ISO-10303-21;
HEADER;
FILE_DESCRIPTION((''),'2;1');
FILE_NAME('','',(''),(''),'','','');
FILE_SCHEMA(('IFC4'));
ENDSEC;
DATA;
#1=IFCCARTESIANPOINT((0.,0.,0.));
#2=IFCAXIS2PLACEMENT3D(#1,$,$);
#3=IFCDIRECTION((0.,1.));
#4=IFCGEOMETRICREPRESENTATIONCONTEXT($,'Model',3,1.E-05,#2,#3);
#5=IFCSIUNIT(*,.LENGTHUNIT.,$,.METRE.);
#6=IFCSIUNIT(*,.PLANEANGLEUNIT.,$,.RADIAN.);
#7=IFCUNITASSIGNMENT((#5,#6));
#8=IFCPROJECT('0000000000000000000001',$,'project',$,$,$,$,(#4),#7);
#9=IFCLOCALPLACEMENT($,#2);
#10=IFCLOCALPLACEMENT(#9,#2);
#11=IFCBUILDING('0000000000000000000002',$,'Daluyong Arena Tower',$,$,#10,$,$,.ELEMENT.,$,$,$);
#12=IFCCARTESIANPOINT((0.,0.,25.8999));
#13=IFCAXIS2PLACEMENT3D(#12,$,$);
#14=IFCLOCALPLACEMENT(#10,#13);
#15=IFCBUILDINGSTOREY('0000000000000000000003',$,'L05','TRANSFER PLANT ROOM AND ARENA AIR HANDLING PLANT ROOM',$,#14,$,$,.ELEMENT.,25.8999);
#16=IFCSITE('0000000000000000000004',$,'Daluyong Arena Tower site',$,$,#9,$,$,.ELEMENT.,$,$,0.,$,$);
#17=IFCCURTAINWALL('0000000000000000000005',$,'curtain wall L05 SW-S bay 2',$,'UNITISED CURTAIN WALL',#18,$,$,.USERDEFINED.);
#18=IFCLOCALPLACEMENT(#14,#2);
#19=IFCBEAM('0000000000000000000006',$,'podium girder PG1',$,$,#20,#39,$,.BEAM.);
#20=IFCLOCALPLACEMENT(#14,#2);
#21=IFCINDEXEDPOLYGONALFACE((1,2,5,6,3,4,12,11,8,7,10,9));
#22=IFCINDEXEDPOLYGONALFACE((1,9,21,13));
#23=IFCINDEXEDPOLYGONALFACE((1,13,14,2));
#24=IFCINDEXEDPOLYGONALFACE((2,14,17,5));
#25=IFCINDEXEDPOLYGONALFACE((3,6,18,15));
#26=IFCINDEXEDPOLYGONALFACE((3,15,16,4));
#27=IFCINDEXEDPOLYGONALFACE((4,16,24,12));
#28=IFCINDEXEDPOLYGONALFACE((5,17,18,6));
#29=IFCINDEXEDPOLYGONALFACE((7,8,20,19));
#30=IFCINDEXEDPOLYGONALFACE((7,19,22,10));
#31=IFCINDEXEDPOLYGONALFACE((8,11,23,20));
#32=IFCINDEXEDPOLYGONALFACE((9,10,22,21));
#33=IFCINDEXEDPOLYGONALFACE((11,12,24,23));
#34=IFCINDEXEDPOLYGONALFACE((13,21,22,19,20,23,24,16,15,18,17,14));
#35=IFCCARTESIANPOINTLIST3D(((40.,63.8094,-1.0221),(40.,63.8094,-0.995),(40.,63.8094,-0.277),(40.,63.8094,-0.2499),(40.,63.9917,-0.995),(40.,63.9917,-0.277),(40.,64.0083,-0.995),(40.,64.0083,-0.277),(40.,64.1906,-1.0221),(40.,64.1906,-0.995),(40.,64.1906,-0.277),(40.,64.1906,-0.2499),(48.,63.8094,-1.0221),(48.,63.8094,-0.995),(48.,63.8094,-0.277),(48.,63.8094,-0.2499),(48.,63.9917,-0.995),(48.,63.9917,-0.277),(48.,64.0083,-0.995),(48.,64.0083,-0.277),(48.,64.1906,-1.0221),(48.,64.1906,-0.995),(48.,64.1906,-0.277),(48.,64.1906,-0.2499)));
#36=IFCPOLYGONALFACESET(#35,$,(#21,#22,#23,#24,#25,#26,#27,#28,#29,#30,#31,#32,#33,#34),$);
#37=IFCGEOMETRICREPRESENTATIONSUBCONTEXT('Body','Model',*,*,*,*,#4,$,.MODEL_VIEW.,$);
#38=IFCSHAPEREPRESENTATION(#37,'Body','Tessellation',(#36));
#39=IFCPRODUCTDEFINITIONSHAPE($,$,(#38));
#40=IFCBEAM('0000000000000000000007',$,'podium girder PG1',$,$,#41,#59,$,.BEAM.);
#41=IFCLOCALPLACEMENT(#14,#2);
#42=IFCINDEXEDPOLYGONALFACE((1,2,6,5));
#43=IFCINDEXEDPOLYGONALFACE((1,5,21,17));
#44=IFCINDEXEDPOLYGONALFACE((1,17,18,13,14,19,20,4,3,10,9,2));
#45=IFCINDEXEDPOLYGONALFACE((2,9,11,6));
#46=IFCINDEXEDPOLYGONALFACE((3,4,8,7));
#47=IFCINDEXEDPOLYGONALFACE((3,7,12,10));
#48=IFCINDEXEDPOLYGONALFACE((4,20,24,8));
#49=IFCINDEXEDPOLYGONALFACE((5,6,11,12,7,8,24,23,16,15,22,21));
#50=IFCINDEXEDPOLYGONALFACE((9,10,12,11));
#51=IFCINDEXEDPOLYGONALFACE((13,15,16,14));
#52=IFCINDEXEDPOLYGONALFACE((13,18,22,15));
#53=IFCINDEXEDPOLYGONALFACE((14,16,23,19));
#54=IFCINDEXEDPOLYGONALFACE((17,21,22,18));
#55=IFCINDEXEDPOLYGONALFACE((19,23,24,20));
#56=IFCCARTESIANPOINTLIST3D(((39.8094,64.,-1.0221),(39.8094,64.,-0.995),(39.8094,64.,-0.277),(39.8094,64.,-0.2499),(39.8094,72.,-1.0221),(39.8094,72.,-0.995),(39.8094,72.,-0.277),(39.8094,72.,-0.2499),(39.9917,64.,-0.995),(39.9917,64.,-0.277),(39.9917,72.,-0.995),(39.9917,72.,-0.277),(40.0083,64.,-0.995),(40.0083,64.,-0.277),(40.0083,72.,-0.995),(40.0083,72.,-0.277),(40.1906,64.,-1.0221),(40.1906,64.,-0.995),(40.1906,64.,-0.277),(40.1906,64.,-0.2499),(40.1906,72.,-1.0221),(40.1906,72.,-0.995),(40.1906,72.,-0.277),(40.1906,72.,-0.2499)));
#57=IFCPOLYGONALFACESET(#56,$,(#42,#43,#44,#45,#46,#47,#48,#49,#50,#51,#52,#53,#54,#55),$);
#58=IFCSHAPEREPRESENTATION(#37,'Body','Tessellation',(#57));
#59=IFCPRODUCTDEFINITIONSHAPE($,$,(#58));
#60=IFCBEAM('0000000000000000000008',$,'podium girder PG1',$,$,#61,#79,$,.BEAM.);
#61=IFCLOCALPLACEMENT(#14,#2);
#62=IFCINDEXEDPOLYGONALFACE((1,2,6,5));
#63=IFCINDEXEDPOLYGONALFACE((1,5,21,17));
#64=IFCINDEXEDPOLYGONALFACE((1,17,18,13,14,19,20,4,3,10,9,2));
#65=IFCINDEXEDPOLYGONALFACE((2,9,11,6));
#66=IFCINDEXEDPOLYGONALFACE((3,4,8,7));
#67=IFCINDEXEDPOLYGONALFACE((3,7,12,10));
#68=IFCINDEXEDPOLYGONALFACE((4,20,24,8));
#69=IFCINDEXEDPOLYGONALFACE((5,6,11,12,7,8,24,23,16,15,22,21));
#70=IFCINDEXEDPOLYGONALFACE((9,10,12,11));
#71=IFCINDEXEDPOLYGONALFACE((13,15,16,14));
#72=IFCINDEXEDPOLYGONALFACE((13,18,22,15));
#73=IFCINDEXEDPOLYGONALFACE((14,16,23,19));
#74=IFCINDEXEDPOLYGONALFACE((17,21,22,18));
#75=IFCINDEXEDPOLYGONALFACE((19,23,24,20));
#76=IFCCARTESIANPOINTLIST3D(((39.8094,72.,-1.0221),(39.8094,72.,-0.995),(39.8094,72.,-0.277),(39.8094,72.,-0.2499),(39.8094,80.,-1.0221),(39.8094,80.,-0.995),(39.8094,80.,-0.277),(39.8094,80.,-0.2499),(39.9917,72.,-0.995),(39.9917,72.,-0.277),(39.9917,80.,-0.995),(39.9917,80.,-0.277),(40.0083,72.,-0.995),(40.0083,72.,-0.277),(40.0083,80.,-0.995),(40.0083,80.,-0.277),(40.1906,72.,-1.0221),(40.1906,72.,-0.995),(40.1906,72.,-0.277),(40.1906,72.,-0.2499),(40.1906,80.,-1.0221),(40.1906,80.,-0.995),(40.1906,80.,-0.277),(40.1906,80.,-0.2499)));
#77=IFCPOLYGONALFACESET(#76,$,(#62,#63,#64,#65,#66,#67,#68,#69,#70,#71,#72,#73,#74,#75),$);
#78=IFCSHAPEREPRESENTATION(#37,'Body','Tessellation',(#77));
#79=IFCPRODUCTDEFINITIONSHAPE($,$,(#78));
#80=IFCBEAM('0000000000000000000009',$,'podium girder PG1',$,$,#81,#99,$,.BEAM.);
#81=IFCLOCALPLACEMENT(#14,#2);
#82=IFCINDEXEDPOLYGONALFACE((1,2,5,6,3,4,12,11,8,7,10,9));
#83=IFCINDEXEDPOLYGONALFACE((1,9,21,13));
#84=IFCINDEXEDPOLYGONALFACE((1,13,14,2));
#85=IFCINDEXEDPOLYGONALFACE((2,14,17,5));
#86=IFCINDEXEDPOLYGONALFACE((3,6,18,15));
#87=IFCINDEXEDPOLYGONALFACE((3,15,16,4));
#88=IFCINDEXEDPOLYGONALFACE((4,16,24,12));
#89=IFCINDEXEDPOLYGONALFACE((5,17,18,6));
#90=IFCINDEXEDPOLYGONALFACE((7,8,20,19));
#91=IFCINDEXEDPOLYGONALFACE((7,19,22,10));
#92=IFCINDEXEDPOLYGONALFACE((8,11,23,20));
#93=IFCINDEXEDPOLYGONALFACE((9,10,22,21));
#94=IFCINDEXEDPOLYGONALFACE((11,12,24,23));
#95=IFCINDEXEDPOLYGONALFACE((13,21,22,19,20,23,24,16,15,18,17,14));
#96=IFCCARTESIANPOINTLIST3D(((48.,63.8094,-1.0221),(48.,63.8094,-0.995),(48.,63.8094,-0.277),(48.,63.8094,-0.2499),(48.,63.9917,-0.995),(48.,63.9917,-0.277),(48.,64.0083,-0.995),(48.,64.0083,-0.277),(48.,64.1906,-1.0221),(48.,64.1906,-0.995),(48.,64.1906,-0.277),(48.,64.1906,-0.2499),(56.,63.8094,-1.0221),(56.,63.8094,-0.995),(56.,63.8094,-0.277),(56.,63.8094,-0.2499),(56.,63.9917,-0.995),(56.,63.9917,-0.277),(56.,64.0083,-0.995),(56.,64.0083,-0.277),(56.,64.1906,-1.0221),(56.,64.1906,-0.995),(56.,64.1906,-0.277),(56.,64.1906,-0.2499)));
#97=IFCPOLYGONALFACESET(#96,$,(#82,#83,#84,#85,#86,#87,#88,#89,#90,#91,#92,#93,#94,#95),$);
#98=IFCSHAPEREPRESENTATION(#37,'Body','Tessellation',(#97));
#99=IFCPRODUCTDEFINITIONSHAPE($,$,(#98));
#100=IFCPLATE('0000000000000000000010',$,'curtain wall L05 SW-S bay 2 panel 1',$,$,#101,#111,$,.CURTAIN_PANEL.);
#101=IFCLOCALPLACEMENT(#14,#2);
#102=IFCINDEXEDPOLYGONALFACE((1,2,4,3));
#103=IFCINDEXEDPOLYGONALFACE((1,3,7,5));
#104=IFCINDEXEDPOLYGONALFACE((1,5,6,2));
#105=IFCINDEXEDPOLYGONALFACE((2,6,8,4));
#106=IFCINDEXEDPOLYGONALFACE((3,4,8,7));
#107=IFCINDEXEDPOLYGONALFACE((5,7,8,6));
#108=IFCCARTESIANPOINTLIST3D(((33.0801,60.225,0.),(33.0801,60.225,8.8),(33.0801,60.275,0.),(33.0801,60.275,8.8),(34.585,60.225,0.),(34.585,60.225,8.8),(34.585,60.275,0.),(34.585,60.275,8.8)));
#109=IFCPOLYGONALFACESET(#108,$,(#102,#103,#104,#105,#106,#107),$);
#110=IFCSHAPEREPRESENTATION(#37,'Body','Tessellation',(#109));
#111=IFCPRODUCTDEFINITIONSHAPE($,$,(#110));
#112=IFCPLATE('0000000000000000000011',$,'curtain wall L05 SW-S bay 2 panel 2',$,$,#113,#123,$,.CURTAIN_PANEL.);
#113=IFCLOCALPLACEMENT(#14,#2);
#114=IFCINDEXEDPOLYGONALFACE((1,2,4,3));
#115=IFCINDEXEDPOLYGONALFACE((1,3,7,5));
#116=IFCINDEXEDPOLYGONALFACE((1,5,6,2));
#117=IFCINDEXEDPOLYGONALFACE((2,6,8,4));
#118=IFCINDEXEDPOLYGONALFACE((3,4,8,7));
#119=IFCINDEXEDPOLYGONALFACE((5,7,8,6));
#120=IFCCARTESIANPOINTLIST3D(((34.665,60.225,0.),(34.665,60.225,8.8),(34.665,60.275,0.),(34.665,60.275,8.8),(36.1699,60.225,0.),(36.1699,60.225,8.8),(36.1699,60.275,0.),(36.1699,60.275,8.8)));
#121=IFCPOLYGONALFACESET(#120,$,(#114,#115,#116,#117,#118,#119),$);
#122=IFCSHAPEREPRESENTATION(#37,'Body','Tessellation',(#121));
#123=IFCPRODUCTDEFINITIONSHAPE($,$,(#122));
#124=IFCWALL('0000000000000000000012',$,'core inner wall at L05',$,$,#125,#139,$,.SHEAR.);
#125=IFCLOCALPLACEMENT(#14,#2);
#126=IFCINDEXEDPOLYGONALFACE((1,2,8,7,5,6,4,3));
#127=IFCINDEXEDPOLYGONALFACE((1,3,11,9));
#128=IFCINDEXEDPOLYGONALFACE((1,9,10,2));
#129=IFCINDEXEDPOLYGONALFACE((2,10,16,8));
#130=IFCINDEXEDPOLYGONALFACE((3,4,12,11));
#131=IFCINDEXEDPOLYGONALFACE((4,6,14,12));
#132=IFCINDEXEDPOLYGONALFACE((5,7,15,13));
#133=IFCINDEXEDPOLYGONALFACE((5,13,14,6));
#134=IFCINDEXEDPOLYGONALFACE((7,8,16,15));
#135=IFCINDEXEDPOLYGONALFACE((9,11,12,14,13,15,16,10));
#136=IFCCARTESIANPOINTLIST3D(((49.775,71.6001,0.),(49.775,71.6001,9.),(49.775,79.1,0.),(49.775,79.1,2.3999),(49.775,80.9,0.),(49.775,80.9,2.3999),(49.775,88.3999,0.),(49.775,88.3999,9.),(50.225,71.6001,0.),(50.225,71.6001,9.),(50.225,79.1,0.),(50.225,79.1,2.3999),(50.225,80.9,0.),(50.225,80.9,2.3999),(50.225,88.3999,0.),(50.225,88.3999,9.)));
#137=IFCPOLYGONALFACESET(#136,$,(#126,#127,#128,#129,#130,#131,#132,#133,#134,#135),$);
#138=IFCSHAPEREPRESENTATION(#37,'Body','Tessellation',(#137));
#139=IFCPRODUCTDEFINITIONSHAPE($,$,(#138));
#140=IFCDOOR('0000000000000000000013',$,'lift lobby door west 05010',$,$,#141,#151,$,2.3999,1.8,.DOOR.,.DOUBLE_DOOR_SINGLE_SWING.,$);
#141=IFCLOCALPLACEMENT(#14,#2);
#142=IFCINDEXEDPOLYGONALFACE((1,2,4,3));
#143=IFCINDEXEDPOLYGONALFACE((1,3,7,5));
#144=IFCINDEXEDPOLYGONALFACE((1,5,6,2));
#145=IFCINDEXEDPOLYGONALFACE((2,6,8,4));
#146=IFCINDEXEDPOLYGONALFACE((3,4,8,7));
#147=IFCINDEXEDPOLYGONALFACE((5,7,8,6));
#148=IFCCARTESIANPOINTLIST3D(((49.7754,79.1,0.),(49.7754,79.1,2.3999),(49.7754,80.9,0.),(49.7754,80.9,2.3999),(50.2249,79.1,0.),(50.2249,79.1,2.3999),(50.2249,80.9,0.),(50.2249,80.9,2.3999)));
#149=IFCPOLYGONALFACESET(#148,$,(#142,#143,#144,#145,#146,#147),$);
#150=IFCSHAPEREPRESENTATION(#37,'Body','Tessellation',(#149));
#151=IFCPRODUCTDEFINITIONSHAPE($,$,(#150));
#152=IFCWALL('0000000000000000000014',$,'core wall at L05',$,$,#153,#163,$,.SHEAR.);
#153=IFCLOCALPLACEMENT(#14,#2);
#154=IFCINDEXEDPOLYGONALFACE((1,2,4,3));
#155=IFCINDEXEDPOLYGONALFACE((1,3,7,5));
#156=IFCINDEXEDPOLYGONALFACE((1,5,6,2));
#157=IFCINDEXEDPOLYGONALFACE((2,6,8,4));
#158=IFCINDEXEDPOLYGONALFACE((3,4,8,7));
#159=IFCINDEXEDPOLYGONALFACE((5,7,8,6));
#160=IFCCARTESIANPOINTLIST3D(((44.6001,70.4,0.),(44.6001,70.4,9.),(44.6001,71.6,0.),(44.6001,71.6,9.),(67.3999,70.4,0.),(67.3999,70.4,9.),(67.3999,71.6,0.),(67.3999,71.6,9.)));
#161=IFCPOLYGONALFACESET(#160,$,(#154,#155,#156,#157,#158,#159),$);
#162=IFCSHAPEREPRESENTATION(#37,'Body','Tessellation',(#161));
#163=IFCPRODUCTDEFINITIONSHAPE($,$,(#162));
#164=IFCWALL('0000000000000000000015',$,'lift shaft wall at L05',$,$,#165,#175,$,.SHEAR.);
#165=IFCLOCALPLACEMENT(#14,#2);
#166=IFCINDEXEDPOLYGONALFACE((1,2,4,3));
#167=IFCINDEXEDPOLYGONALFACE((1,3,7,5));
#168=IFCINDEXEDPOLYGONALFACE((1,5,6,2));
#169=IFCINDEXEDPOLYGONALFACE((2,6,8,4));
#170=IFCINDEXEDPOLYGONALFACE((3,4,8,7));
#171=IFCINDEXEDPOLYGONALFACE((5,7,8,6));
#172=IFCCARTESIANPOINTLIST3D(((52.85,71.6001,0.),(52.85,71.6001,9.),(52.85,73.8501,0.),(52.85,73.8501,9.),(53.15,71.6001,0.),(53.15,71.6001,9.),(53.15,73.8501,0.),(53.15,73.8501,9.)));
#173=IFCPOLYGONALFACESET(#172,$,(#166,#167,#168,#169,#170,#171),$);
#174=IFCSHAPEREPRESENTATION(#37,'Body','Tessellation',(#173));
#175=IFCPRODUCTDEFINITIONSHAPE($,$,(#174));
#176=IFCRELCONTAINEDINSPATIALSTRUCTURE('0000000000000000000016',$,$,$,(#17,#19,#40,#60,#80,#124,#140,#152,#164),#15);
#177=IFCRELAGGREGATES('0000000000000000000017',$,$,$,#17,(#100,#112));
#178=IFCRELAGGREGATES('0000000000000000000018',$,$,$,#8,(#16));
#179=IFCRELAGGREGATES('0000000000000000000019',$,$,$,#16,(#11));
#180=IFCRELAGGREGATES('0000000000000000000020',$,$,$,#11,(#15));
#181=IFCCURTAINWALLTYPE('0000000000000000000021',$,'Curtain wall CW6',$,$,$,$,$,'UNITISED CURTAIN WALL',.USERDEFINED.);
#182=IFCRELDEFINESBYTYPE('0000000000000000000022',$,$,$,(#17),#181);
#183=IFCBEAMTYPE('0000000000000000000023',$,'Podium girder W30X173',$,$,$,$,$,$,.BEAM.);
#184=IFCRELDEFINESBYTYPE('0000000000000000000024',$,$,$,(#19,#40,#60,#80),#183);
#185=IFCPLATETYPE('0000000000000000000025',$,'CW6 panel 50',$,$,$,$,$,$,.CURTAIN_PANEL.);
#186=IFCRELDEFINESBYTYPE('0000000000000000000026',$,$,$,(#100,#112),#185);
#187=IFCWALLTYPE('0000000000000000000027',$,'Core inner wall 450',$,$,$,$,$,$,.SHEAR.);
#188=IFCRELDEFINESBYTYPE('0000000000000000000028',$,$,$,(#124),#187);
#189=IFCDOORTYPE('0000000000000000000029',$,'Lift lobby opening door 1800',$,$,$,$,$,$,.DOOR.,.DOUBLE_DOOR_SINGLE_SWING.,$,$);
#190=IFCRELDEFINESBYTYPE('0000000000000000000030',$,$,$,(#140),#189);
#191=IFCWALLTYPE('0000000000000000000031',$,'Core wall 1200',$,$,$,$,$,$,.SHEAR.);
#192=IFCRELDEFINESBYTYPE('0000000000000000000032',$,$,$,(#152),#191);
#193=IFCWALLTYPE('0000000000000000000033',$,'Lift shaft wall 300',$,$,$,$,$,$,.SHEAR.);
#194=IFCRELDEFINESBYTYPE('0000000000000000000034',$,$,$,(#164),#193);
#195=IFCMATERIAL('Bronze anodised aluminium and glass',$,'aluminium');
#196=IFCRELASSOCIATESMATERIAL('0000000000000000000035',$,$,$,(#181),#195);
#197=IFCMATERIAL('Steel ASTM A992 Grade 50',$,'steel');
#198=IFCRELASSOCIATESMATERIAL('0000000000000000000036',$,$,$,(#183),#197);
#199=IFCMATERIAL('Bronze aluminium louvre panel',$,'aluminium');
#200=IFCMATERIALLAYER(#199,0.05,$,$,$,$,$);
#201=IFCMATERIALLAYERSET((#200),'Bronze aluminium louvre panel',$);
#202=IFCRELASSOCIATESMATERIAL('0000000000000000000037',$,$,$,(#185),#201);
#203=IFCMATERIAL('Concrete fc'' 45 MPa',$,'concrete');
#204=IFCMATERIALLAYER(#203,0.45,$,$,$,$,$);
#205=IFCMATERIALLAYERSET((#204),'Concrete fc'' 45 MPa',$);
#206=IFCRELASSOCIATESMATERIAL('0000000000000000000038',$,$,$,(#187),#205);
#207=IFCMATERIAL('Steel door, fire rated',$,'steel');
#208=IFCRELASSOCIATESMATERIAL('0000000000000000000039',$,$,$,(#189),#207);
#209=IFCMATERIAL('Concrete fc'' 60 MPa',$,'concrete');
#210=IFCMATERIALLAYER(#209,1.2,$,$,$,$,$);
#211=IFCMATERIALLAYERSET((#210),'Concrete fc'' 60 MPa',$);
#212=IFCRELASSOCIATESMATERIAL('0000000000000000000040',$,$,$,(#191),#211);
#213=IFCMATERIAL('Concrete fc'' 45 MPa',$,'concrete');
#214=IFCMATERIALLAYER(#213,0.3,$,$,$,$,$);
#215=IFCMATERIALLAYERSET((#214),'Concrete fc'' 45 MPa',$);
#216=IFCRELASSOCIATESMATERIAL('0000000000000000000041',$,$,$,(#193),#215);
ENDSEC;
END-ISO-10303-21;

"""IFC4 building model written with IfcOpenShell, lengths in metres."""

from ifc_helpers import new_model, si_unit, direction, frame, frame_2d, origin, origin_2d, place, context, subcontext, project, spatial, rectangle, i_section, extrude, material, layer, layer_set, material_profile, profile_set, type_object, element, fill, aggregate, save


model = new_model("IFC4")

# Units and contexts
model_context = context("Model", 3, precision=1e-05, world=origin(), true_north=direction((0.0, 1.0)))
body_context = subcontext(model_context, "Body", "Model", "MODEL_VIEW")
ifc_project = project(units=[si_unit("LENGTHUNIT", "METRE"), si_unit("PLANEANGLEUNIT", "RADIAN")], contexts=[model_context])

# Site, building, storey
site_placement = place(None, origin())
site = spatial("IfcSite", under=ifc_project, at=site_placement, Name="Daluyong Arena Tower site", CompositionType="ELEMENT", RefElevation=0.0)
building_placement = place(site_placement, origin())
building = spatial("IfcBuilding", under=site, at=building_placement, Name="Daluyong Arena Tower", CompositionType="ELEMENT")
storey_placement = place(building_placement, frame((0.0, 0.0, 25.8999)))
storey = spatial("IfcBuildingStorey", under=building, at=storey_placement, Name="L05", Description="TRANSFER PLANT ROOM AND ARENA AIR HANDLING PLANT ROOM", CompositionType="ELEMENT", Elevation=25.8999)

# Curtain wall
ifc_material_1 = material(Name="Bronze anodised aluminium and glass", Category="aluminium")
curtain_wall_type = type_object("IfcCurtainWallType", Name="Curtain wall CW6", ElementType="UNITISED CURTAIN WALL", PredefinedType="USERDEFINED", material=ifc_material_1)
curtain_wall_placement = place(storey_placement, origin())
curtain_wall = element("IfcCurtainWall", 1, at=curtain_wall_placement, inside=storey, type_object=curtain_wall_type, Name="curtain wall L05 SW-S bay 2", ObjectType="UNITISED CURTAIN WALL", PredefinedType="USERDEFINED")

# Beams
ifc_material_2 = material(Name="Steel ASTM A992 Grade 50", Category="steel")
ifc_material_profile_1 = material_profile(ifc_material_2, i_section(OverallWidth=0.3811, OverallDepth=0.7722, WebThickness=0.0166, FlangeThickness=0.0271, at=origin_2d()))
ifc_profile_set_1 = profile_set([ifc_material_profile_1], Name="Steel ASTM A992 Grade 50")
beam_type_1 = type_object("IfcBeamType", Name="Podium girder W30X173", PredefinedType="BEAM", material=ifc_profile_set_1)
for number, where, z_axis, x_axis, name in (
    (2, (40.0, 64.0, -0.636), (1.0, 0.0, 0.0), (0.0, 1.0, 0.0), "podium girder PG1"),
    (3, (40.0, 64.0, -0.636), (0.0, 1.0, 0.0), (-1.0, 0.0, 0.0), "podium girder PG1"),
    (4, (40.0, 72.0, -0.636), (0.0, 1.0, 0.0), (-1.0, 0.0, 0.0), "podium girder PG1"),
    (5, (48.0, 64.0, -0.636), (1.0, 0.0, 0.0), (0.0, 1.0, 0.0), "podium girder PG1"),
):
    element("IfcBeam", number, at=place(storey_placement, frame(where, z_axis=z_axis, x_axis=x_axis)), inside=storey, type_object=beam_type_1, Name=name, PredefinedType="BEAM", context=body_context, shape_type="SweptSolid", body=[
        extrude(i_section(OverallWidth=0.3811, OverallDepth=0.7722, WebThickness=0.0166, FlangeThickness=0.0271, at=origin_2d()), origin(), (0.0, 0.0, 1.0), 8.0),
    ])

# Plates
ifc_material_3 = material(Name="Bronze aluminium louvre panel", Category="aluminium")
ifc_layer_1 = layer(ifc_material_3, 0.05)
ifc_layer_set_1 = layer_set([ifc_layer_1], Name="Bronze aluminium louvre panel")
plate_type = type_object("IfcPlateType", Name="CW6 panel 50", PredefinedType="CURTAIN_PANEL", material=ifc_layer_set_1)
plate_1_placement = place(storey_placement, frame((33.8325, 60.25, 0.0), z_axis=(0.0, 0.0, 1.0), x_axis=(1.0, 0.0, 0.0)))
plate_1 = element("IfcPlate", 6, at=plate_1_placement, type_object=plate_type, Name="curtain wall L05 SW-S bay 2 panel 1", PredefinedType="CURTAIN_PANEL", context=body_context, shape_type="SweptSolid", body=[
    extrude(rectangle(XDim=1.5049, YDim=0.05, at=origin_2d()), origin(), (0.0, 0.0, 1.0), 8.8),
])
plate_2_placement = place(storey_placement, frame((35.4175, 60.25, 0.0), z_axis=(0.0, 0.0, 1.0), x_axis=(1.0, 0.0, 0.0)))
plate_2 = element("IfcPlate", 7, at=plate_2_placement, type_object=plate_type, Name="curtain wall L05 SW-S bay 2 panel 2", PredefinedType="CURTAIN_PANEL", context=body_context, shape_type="SweptSolid", body=[
    extrude(rectangle(XDim=1.5049, YDim=0.05, at=origin_2d()), origin(), (0.0, 0.0, 1.0), 8.8),
])
aggregate(curtain_wall, [plate_1, plate_2])

# Wall, opening, door
ifc_material_4 = material(Name="Concrete fc' 45 MPa", Category="concrete")
ifc_layer_2 = layer(ifc_material_4, 0.45)
ifc_layer_set_2 = layer_set([ifc_layer_2], Name="Concrete fc' 45 MPa")
wall_type_1 = type_object("IfcWallType", Name="Core inner wall 450", PredefinedType="SHEAR", material=ifc_layer_set_2)
wall_1_placement = place(storey_placement, frame((50.0, 71.6001, 0.0), z_axis=(0.0, 0.0, 1.0), x_axis=(0.0, 1.0, 0.0)))
wall_1 = element("IfcWall", 8, at=wall_1_placement, inside=storey, type_object=wall_type_1, Name="core inner wall at L05", PredefinedType="SHEAR", context=body_context, shape_type="SweptSolid", body=[
    extrude(rectangle(XDim=16.7998, YDim=0.45, at=frame_2d((8.3999, 0.0))), origin(), (0.0, 0.0, 1.0), 9.0),
])
opening_1_placement = place(wall_1_placement, frame((7.5, 0.0, 0.0)))
opening_1 = element("IfcOpeningElement", 9, at=opening_1_placement, cuts=wall_1, PredefinedType="OPENING", context=body_context, shape_type="SweptSolid", body=[
    extrude(rectangle(XDim=1.8, YDim=2.3999, at=frame_2d((0.8999, 1.2))), frame((0.0, 0.2349, 0.0), z_axis=(0.0, -1.0, 0.0), x_axis=(1.0, 0.0, 0.0)), (0.0, 0.0, 1.0), 0.47),
])
ifc_material_5 = material(Name="Steel door, fire rated", Category="steel")
door_type_1 = type_object("IfcDoorType", Name="Lift lobby opening door 1800", OperationType="DOUBLE_DOOR_SINGLE_SWING", PredefinedType="DOOR", material=ifc_material_5)
door_1_placement = place(opening_1_placement, origin())
door_1 = element("IfcDoor", 10, at=door_1_placement, inside=storey, type_object=door_type_1, Name="lift lobby door west 05010", OperationType="DOUBLE_DOOR_SINGLE_SWING", OverallHeight=2.3999, OverallWidth=1.8, PredefinedType="DOOR", context=body_context, shape_type="SweptSolid", body=[
    extrude(rectangle(XDim=1.8, YDim=2.3999, at=frame_2d((0.8999, 1.2))), frame((0.0, 0.2246, 0.0), z_axis=(0.0, -1.0, 0.0), x_axis=(1.0, 0.0, 0.0)), (0.0, 0.0, 1.0), 0.4495),
])
fill(opening_1, door_1)
ifc_material_6 = material(Name="Concrete fc' 60 MPa", Category="concrete")
ifc_layer_3 = layer(ifc_material_6, 1.2)
ifc_layer_set_3 = layer_set([ifc_layer_3], Name="Concrete fc' 60 MPa")
wall_type_2 = type_object("IfcWallType", Name="Core wall 1200", PredefinedType="SHEAR", material=ifc_layer_set_3)

# Walls
wall_2_placement = place(storey_placement, frame((44.6001, 71.0, 0.0), z_axis=(0.0, 0.0, 1.0), x_axis=(1.0, 0.0, 0.0)))
element("IfcWall", 11, at=wall_2_placement, inside=storey, type_object=wall_type_2, Name="core wall at L05", PredefinedType="SHEAR", context=body_context, shape_type="SweptSolid", body=[
    extrude(rectangle(XDim=22.7998, YDim=1.2, at=frame_2d((11.3999, 0.0))), origin(), (0.0, 0.0, 1.0), 9.0),
])
ifc_material_7 = material(Name="Concrete fc' 45 MPa", Category="concrete")
ifc_layer_4 = layer(ifc_material_7, 0.3)
ifc_layer_set_4 = layer_set([ifc_layer_4], Name="Concrete fc' 45 MPa")
wall_type_3 = type_object("IfcWallType", Name="Lift shaft wall 300", PredefinedType="SHEAR", material=ifc_layer_set_4)
wall_3_placement = place(storey_placement, frame((53.0, 71.6001, 0.0), z_axis=(0.0, 0.0, 1.0), x_axis=(0.0, 1.0, 0.0)))
element("IfcWall", 12, at=wall_3_placement, inside=storey, type_object=wall_type_3, Name="lift shaft wall at L05", PredefinedType="SHEAR", context=body_context, shape_type="SweptSolid", body=[
    extrude(rectangle(XDim=2.25, YDim=0.3, at=frame_2d((1.125, 0.0))), origin(), (0.0, 0.0, 1.0), 9.0),
])

save(model, "model.ifc")
